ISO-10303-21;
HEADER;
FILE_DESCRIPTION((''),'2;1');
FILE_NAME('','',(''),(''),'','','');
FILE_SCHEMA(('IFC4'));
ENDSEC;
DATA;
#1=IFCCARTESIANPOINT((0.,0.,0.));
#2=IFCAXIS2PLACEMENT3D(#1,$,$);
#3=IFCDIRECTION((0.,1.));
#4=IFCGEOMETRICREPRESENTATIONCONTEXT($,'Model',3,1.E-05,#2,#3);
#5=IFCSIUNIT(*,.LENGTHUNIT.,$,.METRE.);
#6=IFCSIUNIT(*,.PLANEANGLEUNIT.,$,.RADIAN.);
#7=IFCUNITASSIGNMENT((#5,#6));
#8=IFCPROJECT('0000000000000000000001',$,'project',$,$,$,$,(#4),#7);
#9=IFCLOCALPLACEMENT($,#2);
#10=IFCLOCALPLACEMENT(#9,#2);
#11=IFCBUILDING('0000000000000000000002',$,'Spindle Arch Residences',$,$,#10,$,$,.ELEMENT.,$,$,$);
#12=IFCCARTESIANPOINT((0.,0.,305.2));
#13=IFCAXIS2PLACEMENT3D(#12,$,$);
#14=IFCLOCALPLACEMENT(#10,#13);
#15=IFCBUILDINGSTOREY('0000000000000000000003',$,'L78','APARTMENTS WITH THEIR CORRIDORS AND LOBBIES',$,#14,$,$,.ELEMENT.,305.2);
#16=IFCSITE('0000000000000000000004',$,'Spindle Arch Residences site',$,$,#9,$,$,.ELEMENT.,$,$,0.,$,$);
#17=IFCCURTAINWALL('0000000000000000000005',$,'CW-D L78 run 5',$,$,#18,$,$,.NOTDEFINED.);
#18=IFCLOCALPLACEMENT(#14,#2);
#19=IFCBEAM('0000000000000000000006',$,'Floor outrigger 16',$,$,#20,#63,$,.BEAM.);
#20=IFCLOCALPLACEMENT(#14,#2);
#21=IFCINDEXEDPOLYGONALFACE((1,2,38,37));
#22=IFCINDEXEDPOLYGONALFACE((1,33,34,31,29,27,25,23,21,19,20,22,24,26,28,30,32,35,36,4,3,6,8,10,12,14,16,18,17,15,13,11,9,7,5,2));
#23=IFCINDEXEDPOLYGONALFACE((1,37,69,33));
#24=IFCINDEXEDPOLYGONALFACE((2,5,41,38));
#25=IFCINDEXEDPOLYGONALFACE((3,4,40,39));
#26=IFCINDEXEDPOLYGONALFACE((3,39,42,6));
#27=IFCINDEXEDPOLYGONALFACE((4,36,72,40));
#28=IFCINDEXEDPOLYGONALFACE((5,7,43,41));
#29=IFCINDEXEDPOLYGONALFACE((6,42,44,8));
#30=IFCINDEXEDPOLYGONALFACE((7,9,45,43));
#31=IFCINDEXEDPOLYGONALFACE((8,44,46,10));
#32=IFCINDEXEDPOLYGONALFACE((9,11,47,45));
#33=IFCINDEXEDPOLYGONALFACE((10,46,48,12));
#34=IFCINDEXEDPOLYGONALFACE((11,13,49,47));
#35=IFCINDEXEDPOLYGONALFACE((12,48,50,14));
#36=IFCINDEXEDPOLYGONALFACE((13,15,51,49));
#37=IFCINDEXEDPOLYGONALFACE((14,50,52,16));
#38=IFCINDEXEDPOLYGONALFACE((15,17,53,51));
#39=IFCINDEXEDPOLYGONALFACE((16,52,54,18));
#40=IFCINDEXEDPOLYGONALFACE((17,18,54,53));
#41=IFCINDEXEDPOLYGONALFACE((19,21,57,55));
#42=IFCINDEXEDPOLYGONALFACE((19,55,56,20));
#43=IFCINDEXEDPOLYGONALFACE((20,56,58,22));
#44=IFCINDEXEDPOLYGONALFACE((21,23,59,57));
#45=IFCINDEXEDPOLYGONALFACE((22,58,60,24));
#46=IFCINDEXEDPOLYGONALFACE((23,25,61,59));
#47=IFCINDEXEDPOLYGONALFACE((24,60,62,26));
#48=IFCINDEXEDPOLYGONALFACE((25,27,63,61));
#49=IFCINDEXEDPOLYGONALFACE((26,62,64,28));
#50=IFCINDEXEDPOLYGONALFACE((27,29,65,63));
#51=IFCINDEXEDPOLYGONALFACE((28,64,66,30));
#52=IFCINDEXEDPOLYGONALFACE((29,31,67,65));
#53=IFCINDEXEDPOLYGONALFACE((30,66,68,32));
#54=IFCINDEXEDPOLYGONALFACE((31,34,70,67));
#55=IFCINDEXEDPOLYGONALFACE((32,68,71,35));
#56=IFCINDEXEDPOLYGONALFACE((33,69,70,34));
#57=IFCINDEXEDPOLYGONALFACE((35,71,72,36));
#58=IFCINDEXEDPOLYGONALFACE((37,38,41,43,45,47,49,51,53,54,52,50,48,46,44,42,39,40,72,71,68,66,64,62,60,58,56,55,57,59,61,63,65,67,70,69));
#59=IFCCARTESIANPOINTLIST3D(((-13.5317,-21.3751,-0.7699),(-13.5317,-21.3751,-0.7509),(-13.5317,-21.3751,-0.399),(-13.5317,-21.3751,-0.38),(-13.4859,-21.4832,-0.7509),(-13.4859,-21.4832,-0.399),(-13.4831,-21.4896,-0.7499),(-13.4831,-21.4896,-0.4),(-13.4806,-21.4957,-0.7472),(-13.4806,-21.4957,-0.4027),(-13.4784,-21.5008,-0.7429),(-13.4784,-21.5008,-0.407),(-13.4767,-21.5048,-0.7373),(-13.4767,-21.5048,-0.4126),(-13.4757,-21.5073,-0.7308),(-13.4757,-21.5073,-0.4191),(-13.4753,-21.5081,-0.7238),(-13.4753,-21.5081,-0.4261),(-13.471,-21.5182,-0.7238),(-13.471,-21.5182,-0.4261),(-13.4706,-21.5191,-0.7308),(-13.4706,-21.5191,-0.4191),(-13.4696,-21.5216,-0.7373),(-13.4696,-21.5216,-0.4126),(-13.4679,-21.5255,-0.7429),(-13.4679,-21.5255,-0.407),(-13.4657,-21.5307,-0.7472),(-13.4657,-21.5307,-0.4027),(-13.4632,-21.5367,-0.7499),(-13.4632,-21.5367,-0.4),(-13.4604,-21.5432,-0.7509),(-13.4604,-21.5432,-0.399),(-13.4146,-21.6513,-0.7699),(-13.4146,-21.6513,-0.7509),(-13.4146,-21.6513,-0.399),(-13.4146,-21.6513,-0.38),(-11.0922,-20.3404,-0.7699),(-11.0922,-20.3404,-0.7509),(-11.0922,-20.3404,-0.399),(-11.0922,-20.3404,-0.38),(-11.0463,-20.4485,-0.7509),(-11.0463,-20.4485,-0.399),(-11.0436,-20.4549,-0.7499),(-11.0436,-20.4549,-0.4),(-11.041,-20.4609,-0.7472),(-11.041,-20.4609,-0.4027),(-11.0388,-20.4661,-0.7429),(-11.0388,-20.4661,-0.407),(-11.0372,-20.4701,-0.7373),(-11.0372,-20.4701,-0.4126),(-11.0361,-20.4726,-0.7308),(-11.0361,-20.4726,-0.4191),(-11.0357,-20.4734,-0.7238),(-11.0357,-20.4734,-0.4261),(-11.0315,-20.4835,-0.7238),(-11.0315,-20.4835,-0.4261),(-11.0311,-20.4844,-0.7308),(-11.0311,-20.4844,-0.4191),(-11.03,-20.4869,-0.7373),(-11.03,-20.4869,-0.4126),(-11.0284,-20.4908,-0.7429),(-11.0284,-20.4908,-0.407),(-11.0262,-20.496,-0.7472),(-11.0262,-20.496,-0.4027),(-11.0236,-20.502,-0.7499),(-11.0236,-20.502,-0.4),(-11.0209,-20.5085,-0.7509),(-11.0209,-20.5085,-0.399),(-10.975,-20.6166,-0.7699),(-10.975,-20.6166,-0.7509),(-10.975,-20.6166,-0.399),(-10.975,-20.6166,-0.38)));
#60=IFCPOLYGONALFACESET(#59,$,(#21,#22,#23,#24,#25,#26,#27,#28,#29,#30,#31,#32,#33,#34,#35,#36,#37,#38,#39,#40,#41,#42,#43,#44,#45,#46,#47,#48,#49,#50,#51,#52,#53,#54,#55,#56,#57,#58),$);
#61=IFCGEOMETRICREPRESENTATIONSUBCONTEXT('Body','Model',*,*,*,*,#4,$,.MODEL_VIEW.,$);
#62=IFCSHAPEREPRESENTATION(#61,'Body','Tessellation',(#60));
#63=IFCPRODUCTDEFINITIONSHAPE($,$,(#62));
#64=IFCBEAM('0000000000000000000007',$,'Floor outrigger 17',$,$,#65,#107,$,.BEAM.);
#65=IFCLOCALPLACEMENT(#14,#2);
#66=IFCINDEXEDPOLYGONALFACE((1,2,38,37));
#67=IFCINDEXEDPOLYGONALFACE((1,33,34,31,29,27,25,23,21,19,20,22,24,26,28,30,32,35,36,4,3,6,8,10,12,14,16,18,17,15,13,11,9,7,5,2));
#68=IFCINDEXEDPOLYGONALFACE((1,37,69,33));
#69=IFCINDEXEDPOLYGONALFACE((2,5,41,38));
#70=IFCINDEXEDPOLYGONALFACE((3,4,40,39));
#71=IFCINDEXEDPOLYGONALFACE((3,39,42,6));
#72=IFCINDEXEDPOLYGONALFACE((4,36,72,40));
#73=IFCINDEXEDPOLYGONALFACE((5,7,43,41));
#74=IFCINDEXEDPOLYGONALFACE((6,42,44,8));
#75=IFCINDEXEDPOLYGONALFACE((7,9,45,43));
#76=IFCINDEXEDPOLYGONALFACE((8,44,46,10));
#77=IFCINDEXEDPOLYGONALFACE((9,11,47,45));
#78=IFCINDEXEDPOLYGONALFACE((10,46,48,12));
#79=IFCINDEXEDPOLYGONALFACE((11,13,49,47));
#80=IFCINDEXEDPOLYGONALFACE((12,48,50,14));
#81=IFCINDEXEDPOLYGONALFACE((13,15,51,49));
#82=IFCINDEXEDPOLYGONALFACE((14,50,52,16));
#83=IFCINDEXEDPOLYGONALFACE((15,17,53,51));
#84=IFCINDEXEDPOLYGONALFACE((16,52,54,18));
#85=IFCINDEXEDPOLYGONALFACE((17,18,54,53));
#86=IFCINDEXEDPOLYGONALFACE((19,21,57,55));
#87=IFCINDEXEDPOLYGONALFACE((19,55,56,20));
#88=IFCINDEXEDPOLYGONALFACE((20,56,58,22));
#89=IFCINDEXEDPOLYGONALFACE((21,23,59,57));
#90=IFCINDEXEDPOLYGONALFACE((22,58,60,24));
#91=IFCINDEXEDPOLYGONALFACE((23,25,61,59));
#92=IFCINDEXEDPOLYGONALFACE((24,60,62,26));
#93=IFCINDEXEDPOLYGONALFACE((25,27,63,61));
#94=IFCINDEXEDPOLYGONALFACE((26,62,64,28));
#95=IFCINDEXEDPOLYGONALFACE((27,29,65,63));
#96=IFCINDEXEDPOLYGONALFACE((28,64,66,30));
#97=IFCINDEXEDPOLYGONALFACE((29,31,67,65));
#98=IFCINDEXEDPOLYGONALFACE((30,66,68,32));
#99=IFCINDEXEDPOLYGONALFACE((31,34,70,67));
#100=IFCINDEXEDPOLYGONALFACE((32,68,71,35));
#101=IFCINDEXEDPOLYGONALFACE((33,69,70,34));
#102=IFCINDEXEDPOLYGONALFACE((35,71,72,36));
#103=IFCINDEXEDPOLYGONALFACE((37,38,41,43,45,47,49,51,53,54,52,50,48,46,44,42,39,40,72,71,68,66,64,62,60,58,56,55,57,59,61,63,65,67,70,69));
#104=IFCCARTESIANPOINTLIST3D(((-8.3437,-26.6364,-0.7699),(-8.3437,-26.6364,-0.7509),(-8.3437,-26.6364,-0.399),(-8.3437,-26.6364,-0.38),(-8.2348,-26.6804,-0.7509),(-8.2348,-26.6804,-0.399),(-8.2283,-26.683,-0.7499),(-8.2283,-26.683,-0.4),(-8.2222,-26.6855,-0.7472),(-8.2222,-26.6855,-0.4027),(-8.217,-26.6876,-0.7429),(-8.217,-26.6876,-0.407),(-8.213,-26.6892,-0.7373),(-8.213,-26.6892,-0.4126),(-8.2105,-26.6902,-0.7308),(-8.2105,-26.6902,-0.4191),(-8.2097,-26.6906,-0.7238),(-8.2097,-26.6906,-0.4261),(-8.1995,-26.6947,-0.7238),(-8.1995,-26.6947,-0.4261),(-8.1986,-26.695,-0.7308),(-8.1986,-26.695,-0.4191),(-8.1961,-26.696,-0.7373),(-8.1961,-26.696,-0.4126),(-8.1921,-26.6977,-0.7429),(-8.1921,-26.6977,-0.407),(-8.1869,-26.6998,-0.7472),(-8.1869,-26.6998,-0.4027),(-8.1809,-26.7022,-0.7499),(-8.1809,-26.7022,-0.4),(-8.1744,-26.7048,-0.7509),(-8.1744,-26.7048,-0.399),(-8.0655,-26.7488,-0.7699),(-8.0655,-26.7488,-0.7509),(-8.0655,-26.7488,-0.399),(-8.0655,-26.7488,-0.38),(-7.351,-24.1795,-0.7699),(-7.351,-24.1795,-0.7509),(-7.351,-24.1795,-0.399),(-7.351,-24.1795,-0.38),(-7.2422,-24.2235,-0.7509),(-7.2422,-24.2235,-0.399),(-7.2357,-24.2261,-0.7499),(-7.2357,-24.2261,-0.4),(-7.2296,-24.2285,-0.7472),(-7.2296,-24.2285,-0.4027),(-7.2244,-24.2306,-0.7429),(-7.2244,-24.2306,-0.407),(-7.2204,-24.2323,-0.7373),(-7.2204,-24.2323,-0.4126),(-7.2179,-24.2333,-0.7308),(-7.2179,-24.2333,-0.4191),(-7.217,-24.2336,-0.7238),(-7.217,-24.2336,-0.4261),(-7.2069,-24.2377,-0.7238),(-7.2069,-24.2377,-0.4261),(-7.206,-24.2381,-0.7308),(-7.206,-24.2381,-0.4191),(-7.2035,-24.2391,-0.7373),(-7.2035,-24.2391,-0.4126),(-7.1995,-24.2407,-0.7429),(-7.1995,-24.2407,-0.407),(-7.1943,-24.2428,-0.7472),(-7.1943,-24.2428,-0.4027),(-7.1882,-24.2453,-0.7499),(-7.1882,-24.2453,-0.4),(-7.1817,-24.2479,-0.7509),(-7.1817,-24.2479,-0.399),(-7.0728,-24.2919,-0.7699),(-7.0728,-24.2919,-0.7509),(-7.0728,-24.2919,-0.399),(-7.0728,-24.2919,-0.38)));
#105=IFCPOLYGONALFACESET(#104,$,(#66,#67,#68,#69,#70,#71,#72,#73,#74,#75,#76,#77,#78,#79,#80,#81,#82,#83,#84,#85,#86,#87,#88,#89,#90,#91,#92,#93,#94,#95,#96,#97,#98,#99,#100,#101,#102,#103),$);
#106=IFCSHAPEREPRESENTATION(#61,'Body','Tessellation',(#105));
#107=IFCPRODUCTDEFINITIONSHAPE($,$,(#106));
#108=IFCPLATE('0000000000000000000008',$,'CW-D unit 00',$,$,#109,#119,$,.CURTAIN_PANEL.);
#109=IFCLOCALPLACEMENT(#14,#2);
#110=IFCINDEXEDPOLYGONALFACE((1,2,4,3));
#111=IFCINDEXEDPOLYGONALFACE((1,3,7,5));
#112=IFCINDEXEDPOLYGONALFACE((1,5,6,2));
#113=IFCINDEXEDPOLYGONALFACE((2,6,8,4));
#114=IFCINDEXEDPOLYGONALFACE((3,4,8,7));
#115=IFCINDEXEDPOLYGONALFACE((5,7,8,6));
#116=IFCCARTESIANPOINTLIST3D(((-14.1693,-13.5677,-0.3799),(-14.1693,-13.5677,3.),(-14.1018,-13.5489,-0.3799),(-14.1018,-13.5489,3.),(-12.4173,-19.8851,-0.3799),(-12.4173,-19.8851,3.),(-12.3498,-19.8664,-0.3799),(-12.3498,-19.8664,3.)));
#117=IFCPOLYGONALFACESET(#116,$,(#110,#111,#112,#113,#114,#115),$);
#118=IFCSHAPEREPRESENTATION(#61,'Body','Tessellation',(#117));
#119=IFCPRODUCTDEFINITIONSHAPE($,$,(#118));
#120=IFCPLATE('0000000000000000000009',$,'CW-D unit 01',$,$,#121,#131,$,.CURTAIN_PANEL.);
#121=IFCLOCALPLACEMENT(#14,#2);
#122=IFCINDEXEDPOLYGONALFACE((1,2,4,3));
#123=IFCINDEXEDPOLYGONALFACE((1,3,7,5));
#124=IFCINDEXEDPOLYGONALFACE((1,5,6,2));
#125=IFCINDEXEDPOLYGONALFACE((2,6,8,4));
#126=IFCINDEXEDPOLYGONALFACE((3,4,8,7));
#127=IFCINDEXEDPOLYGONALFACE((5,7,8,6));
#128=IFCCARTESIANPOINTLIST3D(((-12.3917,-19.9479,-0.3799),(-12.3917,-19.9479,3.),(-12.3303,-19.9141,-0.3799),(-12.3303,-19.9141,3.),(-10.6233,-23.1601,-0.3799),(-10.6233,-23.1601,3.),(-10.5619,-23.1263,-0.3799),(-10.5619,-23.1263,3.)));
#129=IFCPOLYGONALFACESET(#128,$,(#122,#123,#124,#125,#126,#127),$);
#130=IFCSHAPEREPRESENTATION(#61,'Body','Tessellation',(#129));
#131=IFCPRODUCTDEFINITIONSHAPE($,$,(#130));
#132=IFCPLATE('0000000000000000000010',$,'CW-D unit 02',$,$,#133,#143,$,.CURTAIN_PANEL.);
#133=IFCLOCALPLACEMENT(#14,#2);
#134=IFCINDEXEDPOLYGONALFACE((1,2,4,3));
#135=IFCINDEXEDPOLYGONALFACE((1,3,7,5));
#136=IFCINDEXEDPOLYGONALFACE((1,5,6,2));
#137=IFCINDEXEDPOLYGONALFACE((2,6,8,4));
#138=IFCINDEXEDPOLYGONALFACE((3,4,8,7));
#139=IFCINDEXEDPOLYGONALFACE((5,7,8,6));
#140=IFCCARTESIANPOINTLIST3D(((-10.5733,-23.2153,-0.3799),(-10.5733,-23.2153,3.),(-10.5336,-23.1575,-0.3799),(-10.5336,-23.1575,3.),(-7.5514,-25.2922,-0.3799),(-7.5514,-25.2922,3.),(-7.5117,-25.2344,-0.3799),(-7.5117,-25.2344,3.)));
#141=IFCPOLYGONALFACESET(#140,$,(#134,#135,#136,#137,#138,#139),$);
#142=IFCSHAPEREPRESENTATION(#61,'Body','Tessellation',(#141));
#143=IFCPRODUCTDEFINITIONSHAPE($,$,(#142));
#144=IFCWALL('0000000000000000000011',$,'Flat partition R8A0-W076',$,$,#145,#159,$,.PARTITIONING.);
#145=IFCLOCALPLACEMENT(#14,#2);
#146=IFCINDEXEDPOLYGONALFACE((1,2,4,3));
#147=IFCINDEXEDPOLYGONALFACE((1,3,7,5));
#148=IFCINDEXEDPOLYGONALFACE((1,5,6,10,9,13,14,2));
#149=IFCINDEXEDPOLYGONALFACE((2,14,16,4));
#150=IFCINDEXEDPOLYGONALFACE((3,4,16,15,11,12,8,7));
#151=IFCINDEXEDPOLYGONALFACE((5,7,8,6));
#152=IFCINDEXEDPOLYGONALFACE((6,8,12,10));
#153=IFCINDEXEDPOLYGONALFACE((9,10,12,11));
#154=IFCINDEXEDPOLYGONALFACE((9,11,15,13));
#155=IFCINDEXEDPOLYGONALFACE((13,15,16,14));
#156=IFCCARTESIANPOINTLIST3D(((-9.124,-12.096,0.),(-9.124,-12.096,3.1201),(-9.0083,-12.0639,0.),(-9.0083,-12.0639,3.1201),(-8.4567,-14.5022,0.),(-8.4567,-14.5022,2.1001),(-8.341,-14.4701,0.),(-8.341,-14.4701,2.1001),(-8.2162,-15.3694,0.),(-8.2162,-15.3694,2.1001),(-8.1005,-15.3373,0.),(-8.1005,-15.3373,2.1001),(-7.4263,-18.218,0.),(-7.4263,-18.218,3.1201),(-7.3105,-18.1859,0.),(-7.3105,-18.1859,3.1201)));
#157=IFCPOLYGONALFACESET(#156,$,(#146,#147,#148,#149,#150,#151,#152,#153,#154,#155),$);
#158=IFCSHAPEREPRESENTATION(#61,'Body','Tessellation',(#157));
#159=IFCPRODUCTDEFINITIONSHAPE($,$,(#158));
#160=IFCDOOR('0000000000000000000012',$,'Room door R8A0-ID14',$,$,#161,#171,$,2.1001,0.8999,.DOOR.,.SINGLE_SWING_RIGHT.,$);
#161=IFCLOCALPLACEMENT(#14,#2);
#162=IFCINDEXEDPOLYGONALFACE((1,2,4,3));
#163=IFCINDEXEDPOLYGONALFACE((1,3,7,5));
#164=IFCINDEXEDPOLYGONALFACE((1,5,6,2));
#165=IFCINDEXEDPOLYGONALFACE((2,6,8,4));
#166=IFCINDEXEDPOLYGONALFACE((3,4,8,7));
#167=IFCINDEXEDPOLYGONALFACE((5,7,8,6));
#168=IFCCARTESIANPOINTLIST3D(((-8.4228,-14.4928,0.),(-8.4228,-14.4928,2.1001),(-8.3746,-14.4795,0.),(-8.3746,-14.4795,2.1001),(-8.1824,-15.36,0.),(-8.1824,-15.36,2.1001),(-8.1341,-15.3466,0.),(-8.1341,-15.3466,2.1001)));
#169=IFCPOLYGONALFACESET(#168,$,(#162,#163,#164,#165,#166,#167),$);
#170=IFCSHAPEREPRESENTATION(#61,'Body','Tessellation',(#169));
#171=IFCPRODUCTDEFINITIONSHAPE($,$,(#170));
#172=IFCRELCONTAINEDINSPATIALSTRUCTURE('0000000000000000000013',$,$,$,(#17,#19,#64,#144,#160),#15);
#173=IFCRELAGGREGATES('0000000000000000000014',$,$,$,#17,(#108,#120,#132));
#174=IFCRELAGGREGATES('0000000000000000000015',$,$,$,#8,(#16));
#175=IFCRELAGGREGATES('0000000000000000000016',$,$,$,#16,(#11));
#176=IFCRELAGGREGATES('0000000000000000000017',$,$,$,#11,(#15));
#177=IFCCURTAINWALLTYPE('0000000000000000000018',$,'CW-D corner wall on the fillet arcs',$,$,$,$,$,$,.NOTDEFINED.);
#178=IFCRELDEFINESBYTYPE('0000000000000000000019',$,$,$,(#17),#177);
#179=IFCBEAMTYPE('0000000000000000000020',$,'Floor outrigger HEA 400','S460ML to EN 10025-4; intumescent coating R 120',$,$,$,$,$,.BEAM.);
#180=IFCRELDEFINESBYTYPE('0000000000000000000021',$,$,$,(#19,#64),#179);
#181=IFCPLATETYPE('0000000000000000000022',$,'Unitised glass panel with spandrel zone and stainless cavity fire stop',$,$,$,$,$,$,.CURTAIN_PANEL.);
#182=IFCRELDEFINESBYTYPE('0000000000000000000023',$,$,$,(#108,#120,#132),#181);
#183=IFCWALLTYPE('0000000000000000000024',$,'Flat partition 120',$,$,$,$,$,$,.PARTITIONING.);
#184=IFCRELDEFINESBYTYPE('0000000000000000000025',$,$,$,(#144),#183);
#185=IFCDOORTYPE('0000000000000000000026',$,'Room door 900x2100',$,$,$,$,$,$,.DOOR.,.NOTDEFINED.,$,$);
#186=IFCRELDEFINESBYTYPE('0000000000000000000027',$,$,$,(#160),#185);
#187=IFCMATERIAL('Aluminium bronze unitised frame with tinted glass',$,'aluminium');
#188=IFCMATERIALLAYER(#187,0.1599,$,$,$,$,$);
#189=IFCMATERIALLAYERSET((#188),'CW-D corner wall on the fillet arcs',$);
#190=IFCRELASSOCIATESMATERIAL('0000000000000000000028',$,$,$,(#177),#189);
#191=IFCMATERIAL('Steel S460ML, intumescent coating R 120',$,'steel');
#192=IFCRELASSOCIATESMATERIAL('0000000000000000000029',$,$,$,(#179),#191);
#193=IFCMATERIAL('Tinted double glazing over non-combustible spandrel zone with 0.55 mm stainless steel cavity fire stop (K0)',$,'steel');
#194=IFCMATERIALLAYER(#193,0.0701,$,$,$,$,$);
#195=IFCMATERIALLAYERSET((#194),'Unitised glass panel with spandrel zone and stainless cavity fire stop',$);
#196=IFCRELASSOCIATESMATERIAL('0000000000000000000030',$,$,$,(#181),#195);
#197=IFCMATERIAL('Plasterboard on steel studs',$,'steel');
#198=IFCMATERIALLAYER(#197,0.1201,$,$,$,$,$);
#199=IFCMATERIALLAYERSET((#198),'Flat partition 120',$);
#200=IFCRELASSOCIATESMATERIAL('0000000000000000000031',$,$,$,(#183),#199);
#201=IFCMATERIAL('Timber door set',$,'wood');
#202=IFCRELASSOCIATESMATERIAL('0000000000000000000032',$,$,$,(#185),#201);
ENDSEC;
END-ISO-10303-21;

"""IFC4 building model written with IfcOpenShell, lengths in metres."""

from ifc_helpers import new_model, si_unit, direction, frame, frame_2d, origin, origin_2d, place, context, subcontext, project, spatial, rectangle, i_section, extrude, material, layer, layer_set, material_profile, profile_set, type_object, element, fill, aggregate, save


model = new_model("IFC4")

# Units and contexts
model_context = context("Model", 3, precision=1e-05, world=origin(), true_north=direction((0.0, 1.0)))
body_context = subcontext(model_context, "Body", "Model", "MODEL_VIEW")
ifc_project = project(units=[si_unit("LENGTHUNIT", "METRE"), si_unit("PLANEANGLEUNIT", "RADIAN")], contexts=[model_context])

# Site, building, storey
site_placement = place(None, origin())
site = spatial("IfcSite", under=ifc_project, at=site_placement, Name="Spindle Arch Residences site", CompositionType="ELEMENT", RefElevation=0.0)
building_placement = place(site_placement, origin())
building = spatial("IfcBuilding", under=site, at=building_placement, Name="Spindle Arch Residences", CompositionType="ELEMENT")
storey_placement = place(building_placement, frame((0.0, 0.0, 305.2)))
storey = spatial("IfcBuildingStorey", under=building, at=storey_placement, Name="L78", Description="APARTMENTS WITH THEIR CORRIDORS AND LOBBIES", CompositionType="ELEMENT", Elevation=305.2)

# Curtain wall
ifc_material_1 = material(Name="Aluminium bronze unitised frame with tinted glass", Category="aluminium")
ifc_layer_1 = layer(ifc_material_1, 0.1599)
ifc_layer_set_1 = layer_set([ifc_layer_1], Name="CW-D corner wall on the fillet arcs")
curtain_wall_type = type_object("IfcCurtainWallType", Name="CW-D corner wall on the fillet arcs", PredefinedType="NOTDEFINED", material=ifc_layer_set_1)
curtain_wall_placement = place(storey_placement, origin())
curtain_wall = element("IfcCurtainWall", 1, at=curtain_wall_placement, inside=storey, type_object=curtain_wall_type, Name="CW-D L78 run 5", PredefinedType="NOTDEFINED")

# Beams
ifc_material_2 = material(Name="Steel S460ML, intumescent coating R 120", Category="steel")
ifc_material_profile_1 = material_profile(ifc_material_2, i_section(OverallWidth=0.3, OverallDepth=0.3899, WebThickness=0.011, FlangeThickness=0.019, FilletRadius=0.0271, at=origin_2d()), Name="HEA 400")
ifc_profile_set_1 = profile_set([ifc_material_profile_1], Name="Steel S460ML, intumescent coating R 120")
beam_type_1 = type_object("IfcBeamType", Name="Floor outrigger HEA 400", Description="S460ML to EN 10025-4; intumescent coating R 120", PredefinedType="BEAM", material=ifc_profile_set_1)
for number, where, z_axis, x_axis, name in (
    (2, (-13.4731, -21.5132, -0.575), (0.920616, 0.390469, 0.0), (-0.390469, 0.920616, 0.0), "Floor outrigger 16"),
    (3, (-8.2046, -26.6926, -0.575), (0.374597, 0.927188, 0.0), (-0.927188, 0.374597, 0.0), "Floor outrigger 17"),
):
    element("IfcBeam", number, at=place(storey_placement, frame(where, z_axis=z_axis, x_axis=x_axis)), inside=storey, type_object=beam_type_1, Name=name, PredefinedType="BEAM", context=body_context, shape_type="SweptSolid", body=[
        extrude(i_section(OverallWidth=0.3, OverallDepth=0.3899, WebThickness=0.011, FlangeThickness=0.019, FilletRadius=0.0271, at=origin_2d()), origin(), (0.0, 0.0, 1.0), 2.6499),
    ])

# Plates
ifc_material_3 = material(Name="Tinted double glazing over non-combustible spandrel zone with 0.55 mm stainless steel cavity fire stop (K0)", Category="steel")
ifc_layer_2 = layer(ifc_material_3, 0.0701)
ifc_layer_set_2 = layer_set([ifc_layer_2], Name="Unitised glass panel with spandrel zone and stainless cavity fire stop")
plate_type = type_object("IfcPlateType", Name="Unitised glass panel with spandrel zone and stainless cavity fire stop", PredefinedType="CURTAIN_PANEL", material=ifc_layer_set_2)
plate_1_placement = place(storey_placement, frame((-13.2595, -16.717, -0.3799), z_axis=(0.0, 0.0, 1.0), x_axis=(0.267238, -0.96363, 0.0)))
plate_1 = element("IfcPlate", 4, at=plate_1_placement, type_object=plate_type, Name="CW-D unit 00", PredefinedType="CURTAIN_PANEL", context=body_context, shape_type="SweptSolid", body=[
    extrude(rectangle(XDim=6.5559, YDim=0.0701, at=origin_2d()), origin(), (0.0, 0.0, 1.0), 3.3799),
])
plate_2_placement = place(storey_placement, frame((-11.4768, -21.5371, -0.3799), z_axis=(0.0, 0.0, 1.0), x_axis=(0.482263, -0.876026, 0.0)))
plate_2 = element("IfcPlate", 5, at=plate_2_placement, type_object=plate_type, Name="CW-D unit 01", PredefinedType="CURTAIN_PANEL", context=body_context, shape_type="SweptSolid", body=[
    extrude(rectangle(XDim=3.6667, YDim=0.0701, at=origin_2d()), origin(), (0.0, 0.0, 1.0), 3.3799),
])
plate_3_placement = place(storey_placement, frame((-9.0425, -24.2249, -0.3799), z_axis=(0.0, 0.0, 1.0), x_axis=(0.824126, -0.566406, 0.0)))
plate_3 = element("IfcPlate", 6, at=plate_3_placement, type_object=plate_type, Name="CW-D unit 02", PredefinedType="CURTAIN_PANEL", context=body_context, shape_type="SweptSolid", body=[
    extrude(rectangle(XDim=3.6667, YDim=0.0701, at=origin_2d()), origin(), (0.0, 0.0, 1.0), 3.3799),
])
aggregate(curtain_wall, [plate_1, plate_2, plate_3])

# Wall, opening, door
ifc_material_4 = material(Name="Plasterboard on steel studs", Category="steel")
ifc_layer_3 = layer(ifc_material_4, 0.1201)
ifc_layer_set_3 = layer_set([ifc_layer_3], Name="Flat partition 120")
wall_type_1 = type_object("IfcWallType", Name="Flat partition 120", PredefinedType="PARTITIONING", material=ifc_layer_set_3)
wall_1_placement = place(storey_placement, frame((-7.3684, -18.2019, 0.0), z_axis=(0.0, 0.0, 1.0), x_axis=(-0.267232, 0.963632, 0.0)))
wall_1 = element("IfcWall", 7, at=wall_1_placement, inside=storey, type_object=wall_type_1, Name="Flat partition R8A0-W076", PredefinedType="PARTITIONING", context=body_context, shape_type="SweptSolid", body=[
    extrude(rectangle(XDim=6.353, YDim=0.1201, at=frame_2d((3.1765, 0.0))), origin(), (0.0, 0.0, 1.0), 3.1201),
])
opening_1_placement = place(wall_1_placement, frame((2.9561, 0.0, 0.0)))
opening_1 = element("IfcOpeningElement", 8, at=opening_1_placement, cuts=wall_1, PredefinedType="OPENING", context=body_context, shape_type="SweptSolid", body=[
    extrude(rectangle(XDim=0.8999, YDim=2.1001, at=frame_2d((0.45, 1.05))), frame((0.0, 0.0701, 0.0), z_axis=(0.0, -1.0, 0.0), x_axis=(1.0, 0.0, 0.0)), (0.0, 0.0, 1.0), 0.1401),
])
ifc_material_5 = material(Name="Timber door set", Category="wood")
door_type_1 = type_object("IfcDoorType", Name="Room door 900x2100", OperationType="NOTDEFINED", PredefinedType="DOOR", material=ifc_material_5)
door_1_placement = place(opening_1_placement, origin())
door_1 = element("IfcDoor", 9, at=door_1_placement, inside=storey, type_object=door_type_1, Name="Room door R8A0-ID14", OperationType="SINGLE_SWING_RIGHT", OverallHeight=2.1001, OverallWidth=0.8999, PredefinedType="DOOR", context=body_context, shape_type="SweptSolid", body=[
    extrude(rectangle(XDim=0.8999, YDim=2.1001, at=frame_2d((0.45, 1.05))), frame((0.0, 0.0249, 0.0), z_axis=(0.0, -1.0, 0.0), x_axis=(1.0, 0.0, 0.0)), (0.0, 0.0, 1.0), 0.05),
])
fill(opening_1, door_1)

save(model, "model.ifc")
